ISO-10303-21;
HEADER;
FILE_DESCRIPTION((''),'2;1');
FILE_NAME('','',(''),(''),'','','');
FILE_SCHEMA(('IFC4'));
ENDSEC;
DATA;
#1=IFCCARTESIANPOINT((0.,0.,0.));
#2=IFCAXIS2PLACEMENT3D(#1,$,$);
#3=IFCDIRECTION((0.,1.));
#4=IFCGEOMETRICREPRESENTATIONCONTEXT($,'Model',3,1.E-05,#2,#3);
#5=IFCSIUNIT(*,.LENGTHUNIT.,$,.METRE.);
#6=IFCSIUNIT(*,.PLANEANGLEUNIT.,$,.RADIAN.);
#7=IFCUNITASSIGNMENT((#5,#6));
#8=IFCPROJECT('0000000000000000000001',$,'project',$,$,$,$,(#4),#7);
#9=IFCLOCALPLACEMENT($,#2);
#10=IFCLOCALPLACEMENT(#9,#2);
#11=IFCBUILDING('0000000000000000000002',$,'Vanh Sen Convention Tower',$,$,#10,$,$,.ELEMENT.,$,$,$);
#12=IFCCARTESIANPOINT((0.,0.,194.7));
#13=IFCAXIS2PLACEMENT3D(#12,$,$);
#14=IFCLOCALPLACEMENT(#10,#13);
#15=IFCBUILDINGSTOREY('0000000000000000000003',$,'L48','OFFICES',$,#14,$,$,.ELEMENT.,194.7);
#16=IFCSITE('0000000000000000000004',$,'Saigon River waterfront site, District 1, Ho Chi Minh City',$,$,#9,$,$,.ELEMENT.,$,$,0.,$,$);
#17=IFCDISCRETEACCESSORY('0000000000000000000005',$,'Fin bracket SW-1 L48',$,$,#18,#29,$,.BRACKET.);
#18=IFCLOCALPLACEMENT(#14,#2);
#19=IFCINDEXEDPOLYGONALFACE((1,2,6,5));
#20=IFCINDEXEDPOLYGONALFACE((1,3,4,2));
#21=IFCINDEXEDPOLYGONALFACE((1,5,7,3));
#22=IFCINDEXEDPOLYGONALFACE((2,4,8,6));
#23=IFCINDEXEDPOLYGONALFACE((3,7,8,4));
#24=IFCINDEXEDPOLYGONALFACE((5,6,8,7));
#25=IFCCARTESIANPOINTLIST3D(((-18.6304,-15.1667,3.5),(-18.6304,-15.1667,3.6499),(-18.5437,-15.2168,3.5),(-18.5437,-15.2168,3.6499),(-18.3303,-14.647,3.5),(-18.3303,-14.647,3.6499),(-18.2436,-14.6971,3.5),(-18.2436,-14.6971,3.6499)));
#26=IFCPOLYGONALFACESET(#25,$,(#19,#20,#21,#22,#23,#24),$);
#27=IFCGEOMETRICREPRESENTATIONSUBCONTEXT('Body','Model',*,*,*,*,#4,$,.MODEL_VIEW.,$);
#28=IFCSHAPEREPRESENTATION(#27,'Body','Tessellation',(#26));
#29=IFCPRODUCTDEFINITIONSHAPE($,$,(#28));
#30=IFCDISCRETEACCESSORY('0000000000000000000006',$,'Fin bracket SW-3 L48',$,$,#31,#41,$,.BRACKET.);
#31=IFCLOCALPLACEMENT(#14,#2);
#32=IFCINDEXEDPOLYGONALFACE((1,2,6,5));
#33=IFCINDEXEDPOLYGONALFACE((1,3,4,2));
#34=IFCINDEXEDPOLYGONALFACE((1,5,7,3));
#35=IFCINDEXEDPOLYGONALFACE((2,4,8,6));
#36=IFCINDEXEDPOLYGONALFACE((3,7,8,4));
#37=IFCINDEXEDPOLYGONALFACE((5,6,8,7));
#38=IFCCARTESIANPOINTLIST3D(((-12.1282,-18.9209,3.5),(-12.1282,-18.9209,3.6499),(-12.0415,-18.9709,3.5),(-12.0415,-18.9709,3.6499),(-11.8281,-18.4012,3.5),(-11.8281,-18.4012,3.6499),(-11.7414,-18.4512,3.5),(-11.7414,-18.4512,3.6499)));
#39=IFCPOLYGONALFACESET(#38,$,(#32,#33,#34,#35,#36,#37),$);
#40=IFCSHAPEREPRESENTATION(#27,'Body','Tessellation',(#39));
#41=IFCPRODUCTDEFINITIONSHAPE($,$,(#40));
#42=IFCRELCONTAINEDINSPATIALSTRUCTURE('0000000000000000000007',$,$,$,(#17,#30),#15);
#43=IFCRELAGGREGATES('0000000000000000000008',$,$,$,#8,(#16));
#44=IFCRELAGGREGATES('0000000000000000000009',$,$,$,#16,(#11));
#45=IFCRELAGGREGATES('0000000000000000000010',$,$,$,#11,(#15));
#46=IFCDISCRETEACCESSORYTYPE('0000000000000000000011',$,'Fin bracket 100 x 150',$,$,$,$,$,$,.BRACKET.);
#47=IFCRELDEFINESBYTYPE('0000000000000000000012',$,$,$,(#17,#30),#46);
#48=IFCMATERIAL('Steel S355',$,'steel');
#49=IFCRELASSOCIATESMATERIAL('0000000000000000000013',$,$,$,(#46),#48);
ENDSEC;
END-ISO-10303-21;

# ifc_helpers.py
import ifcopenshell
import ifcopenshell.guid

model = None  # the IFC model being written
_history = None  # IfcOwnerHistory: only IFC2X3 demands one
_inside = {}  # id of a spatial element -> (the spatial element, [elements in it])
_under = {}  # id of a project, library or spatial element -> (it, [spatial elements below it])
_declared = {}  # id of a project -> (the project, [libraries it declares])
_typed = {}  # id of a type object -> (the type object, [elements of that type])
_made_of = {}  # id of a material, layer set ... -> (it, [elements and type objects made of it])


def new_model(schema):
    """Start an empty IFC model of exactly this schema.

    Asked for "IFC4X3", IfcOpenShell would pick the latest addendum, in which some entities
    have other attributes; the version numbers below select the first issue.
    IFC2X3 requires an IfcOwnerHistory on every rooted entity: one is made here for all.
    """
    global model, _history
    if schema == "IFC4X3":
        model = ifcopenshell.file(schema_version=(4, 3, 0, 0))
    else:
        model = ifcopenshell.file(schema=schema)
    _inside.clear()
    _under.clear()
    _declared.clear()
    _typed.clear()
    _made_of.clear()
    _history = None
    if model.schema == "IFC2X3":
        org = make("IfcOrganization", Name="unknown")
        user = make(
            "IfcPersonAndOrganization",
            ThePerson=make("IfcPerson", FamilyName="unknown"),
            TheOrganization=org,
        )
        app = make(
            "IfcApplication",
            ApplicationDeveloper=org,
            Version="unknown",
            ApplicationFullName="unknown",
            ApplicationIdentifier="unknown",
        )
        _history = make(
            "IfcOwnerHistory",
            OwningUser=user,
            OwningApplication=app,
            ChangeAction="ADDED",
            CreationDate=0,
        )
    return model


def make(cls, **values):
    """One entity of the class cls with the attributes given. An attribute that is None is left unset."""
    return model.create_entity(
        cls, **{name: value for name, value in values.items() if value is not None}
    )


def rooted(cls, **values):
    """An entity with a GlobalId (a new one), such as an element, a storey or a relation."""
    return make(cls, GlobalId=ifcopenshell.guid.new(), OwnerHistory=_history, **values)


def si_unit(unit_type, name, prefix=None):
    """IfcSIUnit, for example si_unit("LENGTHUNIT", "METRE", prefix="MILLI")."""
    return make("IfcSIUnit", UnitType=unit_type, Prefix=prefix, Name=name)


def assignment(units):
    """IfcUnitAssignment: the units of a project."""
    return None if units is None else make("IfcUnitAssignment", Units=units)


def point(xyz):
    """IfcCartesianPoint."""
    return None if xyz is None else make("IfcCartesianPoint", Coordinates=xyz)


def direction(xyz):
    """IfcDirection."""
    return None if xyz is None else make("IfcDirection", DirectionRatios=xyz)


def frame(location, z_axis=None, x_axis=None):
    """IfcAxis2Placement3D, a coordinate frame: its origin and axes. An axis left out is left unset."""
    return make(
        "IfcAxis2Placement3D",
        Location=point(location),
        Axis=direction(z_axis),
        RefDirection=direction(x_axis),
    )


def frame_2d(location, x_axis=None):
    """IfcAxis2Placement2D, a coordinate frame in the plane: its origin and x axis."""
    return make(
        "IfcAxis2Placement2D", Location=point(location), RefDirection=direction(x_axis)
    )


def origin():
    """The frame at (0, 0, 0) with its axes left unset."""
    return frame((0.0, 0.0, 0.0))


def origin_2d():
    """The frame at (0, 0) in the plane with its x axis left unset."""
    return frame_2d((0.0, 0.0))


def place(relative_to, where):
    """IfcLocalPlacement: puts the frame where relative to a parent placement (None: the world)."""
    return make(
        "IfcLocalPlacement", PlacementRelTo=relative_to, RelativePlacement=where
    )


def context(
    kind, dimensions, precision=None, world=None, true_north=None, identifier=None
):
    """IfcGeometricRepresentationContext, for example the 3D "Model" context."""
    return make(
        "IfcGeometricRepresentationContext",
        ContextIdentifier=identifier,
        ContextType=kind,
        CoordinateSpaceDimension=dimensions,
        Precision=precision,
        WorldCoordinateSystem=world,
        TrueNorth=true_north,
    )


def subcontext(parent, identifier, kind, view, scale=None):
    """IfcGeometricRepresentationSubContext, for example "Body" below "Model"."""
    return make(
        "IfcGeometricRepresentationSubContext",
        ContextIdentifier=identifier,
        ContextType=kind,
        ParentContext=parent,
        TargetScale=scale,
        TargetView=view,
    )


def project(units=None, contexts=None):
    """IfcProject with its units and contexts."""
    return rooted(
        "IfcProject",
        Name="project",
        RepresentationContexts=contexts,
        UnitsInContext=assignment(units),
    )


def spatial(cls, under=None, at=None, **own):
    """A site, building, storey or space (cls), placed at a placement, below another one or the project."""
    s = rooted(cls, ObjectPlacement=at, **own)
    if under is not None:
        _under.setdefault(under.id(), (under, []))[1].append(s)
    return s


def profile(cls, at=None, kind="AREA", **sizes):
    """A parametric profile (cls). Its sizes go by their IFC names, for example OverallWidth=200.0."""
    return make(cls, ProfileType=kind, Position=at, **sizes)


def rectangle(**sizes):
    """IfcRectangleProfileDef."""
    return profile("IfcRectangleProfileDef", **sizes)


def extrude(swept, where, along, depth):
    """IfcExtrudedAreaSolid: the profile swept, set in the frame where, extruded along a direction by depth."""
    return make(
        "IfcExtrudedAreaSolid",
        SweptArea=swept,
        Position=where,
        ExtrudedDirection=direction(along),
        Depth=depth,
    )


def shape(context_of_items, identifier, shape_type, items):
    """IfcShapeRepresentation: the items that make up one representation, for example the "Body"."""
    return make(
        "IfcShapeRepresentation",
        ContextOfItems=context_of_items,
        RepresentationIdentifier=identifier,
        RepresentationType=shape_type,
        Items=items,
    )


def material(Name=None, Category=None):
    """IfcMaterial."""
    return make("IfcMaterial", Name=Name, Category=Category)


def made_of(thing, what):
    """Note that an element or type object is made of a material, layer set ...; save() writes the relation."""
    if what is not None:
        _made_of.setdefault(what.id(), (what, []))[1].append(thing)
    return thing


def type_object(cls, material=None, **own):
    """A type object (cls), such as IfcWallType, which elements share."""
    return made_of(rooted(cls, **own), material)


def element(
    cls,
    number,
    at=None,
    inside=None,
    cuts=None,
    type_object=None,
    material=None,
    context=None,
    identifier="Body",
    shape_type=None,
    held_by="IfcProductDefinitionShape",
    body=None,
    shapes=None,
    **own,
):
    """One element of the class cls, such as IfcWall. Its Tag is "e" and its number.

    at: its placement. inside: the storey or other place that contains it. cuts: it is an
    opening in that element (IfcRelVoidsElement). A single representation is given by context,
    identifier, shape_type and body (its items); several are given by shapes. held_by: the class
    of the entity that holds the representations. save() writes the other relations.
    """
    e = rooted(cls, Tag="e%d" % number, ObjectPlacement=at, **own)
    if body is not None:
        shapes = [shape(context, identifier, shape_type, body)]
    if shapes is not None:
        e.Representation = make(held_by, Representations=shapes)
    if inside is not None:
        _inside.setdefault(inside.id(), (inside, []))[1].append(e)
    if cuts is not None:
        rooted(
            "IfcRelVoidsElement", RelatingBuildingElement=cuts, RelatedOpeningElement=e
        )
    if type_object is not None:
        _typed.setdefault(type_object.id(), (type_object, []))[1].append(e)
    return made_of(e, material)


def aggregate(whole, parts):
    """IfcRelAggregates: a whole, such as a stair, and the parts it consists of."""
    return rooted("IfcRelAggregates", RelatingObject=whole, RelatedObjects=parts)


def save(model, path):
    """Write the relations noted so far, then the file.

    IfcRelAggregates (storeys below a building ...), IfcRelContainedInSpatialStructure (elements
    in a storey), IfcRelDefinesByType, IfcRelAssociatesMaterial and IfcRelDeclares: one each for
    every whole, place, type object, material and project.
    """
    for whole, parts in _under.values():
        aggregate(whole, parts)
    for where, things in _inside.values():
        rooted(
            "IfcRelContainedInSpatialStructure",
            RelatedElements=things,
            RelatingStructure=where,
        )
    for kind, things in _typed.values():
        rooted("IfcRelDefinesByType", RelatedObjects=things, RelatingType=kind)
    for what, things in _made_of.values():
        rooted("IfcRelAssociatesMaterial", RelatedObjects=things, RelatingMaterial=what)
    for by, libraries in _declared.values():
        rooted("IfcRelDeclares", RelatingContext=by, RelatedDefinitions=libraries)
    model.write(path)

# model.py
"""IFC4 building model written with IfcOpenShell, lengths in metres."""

from ifc_helpers import new_model, si_unit, direction, frame, origin, origin_2d, place, context, subcontext, project, spatial, rectangle, extrude, material, type_object, element, save


model = new_model("IFC4")

# Units and contexts
model_context = context("Model", 3, precision=1e-05, world=origin(), true_north=direction((0.0, 1.0)))
body_context = subcontext(model_context, "Body", "Model", "MODEL_VIEW")
ifc_project = project(units=[si_unit("LENGTHUNIT", "METRE"), si_unit("PLANEANGLEUNIT", "RADIAN")], contexts=[model_context])

# Site, building, storey
site_placement = place(None, origin())
site = spatial("IfcSite", under=ifc_project, at=site_placement, Name="Saigon River waterfront site, District 1, Ho Chi Minh City", CompositionType="ELEMENT", RefElevation=0.0)
building_placement = place(site_placement, origin())
building = spatial("IfcBuilding", under=site, at=building_placement, Name="Vanh Sen Convention Tower", CompositionType="ELEMENT")
storey_placement = place(building_placement, frame((0.0, 0.0, 194.7)))
storey = spatial("IfcBuildingStorey", under=building, at=storey_placement, Name="L48", Description="OFFICES", CompositionType="ELEMENT", Elevation=194.7)

# Discrete accessories
ifc_material_1 = material(Name="Steel S355", Category="steel")
discrete_accessory_type = type_object("IfcDiscreteAccessoryType", Name="Fin bracket 100 x 150", PredefinedType="BRACKET", material=ifc_material_1)
for number, where, z_axis, x_axis, name in (
    (1, (-18.437, -14.9319, 3.5), (0.0, 0.0, 1.0), (-0.5, -0.866025, 0.0), "Fin bracket SW-1 L48"),
    (2, (-11.9348, -18.686, 3.5), (0.0, 0.0, 1.0), (-0.5, -0.866025, 0.0), "Fin bracket SW-3 L48"),
):
    element("IfcDiscreteAccessory", number, at=place(storey_placement, frame(where, z_axis=z_axis, x_axis=x_axis)), inside=storey, type_object=discrete_accessory_type, Name=name, PredefinedType="BRACKET", context=body_context, shape_type="SweptSolid", body=[
        extrude(rectangle(XDim=0.6001, YDim=0.1001, at=origin_2d()), origin(), (0.0, 0.0, 1.0), 0.1499),
    ])

save(model, "model.ifc")
